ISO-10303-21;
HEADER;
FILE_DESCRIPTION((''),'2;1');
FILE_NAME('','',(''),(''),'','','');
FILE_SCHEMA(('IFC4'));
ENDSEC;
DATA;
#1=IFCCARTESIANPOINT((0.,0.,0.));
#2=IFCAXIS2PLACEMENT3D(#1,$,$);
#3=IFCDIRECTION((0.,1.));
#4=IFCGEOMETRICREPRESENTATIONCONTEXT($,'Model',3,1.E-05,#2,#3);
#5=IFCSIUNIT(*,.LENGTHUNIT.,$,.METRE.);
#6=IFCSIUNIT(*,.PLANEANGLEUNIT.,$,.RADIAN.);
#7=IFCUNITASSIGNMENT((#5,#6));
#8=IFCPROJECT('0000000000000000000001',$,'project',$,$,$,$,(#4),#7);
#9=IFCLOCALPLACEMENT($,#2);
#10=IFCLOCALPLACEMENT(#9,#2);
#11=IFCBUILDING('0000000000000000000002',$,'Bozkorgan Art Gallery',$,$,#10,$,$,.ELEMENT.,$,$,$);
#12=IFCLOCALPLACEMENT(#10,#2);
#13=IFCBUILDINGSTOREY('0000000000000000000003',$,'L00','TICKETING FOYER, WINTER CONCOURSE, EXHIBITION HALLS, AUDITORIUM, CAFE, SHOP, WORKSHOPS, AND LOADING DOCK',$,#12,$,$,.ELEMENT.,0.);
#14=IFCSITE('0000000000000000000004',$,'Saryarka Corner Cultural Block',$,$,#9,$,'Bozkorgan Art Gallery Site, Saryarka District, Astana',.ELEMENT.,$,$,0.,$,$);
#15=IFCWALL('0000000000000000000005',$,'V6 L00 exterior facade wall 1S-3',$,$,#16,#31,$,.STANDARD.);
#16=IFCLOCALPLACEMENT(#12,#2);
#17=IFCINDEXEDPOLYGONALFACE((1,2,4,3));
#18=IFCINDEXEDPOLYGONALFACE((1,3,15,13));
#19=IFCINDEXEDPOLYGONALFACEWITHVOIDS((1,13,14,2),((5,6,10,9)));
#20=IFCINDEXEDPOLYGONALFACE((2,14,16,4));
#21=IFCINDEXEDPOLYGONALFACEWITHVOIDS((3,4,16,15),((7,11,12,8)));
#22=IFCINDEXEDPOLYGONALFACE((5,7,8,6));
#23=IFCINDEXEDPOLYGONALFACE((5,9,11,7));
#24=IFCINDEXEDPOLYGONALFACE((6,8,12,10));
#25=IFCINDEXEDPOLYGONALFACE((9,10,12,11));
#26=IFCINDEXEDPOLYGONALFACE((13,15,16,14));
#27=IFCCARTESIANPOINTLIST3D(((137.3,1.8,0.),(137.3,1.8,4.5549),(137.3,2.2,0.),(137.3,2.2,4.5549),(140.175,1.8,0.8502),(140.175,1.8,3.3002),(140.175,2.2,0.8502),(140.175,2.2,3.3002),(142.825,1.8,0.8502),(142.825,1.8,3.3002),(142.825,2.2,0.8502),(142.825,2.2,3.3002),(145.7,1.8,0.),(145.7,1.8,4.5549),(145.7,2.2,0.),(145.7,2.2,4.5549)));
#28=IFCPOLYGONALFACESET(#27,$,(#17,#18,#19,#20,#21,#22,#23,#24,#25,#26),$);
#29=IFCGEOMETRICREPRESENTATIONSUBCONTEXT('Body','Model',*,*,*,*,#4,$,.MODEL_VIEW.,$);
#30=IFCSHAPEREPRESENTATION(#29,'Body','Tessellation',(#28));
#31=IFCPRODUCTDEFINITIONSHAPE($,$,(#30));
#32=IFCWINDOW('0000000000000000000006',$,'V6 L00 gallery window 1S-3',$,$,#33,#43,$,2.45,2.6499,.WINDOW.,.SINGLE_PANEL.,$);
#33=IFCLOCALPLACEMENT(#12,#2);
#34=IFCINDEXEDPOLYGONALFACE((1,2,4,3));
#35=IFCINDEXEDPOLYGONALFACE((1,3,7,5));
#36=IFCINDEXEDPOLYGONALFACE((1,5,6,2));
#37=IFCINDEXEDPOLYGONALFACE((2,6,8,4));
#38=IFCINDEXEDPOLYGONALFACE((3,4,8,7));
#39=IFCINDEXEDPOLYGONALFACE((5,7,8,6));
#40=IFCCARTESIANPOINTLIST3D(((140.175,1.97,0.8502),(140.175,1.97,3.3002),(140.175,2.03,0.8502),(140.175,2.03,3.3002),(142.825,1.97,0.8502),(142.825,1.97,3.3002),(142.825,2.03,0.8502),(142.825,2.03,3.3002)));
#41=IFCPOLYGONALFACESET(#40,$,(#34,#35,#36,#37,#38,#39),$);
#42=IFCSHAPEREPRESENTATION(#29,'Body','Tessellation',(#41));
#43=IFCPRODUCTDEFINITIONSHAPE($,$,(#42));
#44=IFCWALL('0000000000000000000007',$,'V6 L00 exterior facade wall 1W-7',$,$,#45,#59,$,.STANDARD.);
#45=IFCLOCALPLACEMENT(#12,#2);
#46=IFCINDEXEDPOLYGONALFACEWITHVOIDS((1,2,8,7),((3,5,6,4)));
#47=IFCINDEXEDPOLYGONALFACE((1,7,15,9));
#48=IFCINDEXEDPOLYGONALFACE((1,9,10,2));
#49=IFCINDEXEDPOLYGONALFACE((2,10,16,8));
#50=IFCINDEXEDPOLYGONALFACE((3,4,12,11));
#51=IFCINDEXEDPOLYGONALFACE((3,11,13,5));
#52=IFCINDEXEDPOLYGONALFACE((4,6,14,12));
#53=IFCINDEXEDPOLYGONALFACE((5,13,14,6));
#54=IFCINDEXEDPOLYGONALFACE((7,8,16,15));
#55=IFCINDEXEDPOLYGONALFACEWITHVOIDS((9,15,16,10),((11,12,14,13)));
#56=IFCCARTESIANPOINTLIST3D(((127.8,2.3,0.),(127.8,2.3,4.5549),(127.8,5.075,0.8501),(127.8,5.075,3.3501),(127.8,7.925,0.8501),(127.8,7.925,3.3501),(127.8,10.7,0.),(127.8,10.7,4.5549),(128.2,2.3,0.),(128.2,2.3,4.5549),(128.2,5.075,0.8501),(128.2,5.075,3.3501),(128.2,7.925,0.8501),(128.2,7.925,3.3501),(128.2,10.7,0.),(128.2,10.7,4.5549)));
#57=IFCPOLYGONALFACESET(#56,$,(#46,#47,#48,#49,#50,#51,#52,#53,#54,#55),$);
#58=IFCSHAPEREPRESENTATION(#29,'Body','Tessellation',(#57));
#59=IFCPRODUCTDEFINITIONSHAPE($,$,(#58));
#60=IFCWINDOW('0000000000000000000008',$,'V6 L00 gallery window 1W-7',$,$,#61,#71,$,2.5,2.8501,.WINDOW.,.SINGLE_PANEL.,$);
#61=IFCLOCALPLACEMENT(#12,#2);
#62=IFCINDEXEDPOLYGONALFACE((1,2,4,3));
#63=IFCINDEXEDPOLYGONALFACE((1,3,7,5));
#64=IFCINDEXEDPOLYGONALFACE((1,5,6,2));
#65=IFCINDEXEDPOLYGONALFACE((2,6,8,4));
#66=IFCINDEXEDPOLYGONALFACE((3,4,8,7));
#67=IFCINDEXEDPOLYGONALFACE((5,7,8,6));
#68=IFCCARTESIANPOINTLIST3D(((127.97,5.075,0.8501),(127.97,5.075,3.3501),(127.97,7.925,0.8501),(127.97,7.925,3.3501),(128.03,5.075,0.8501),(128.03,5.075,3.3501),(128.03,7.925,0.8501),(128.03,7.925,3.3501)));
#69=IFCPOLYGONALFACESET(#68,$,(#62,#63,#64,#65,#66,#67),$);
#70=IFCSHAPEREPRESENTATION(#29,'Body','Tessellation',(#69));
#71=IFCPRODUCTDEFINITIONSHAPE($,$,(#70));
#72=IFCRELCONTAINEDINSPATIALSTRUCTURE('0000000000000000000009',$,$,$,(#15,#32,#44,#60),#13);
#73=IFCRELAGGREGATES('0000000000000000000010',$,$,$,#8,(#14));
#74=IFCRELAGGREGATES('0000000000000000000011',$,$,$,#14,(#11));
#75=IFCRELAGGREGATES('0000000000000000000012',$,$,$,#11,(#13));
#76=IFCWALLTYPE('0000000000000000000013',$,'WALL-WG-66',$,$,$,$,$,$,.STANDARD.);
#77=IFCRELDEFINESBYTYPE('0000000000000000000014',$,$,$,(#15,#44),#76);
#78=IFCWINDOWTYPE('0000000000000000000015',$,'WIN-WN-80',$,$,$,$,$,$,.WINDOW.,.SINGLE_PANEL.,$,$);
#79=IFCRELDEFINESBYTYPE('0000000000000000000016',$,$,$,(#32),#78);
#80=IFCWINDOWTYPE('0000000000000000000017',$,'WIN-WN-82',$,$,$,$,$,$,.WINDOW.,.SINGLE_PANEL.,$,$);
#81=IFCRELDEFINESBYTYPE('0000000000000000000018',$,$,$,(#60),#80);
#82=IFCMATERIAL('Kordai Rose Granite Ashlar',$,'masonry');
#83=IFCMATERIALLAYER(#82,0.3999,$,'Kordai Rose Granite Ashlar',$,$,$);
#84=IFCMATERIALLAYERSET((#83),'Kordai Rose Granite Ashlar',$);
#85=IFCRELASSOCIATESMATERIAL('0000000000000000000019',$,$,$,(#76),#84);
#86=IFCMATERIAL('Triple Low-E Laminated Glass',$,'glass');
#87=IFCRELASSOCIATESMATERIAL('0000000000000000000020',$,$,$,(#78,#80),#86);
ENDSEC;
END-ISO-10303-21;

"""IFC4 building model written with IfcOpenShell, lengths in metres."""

from ifc_helpers import new_model, si_unit, direction, frame, frame_2d, origin, place, context, subcontext, project, spatial, rectangle, extrude, material, layer, layer_set, type_object, element, fill, save


model = new_model("IFC4")

# Units and contexts
model_context = context("Model", 3, precision=1e-05, world=origin(), true_north=direction((0.0, 1.0)))
body_context = subcontext(model_context, "Body", "Model", "MODEL_VIEW")
ifc_project = project(units=[si_unit("LENGTHUNIT", "METRE"), si_unit("PLANEANGLEUNIT", "RADIAN")], contexts=[model_context])

# Site, building, storey
site_placement = place(None, origin())
site = spatial("IfcSite", under=ifc_project, at=site_placement, Name="Saryarka Corner Cultural Block", LongName="Bozkorgan Art Gallery Site, Saryarka District, Astana", CompositionType="ELEMENT", RefElevation=0.0)
building_placement = place(site_placement, origin())
building = spatial("IfcBuilding", under=site, at=building_placement, Name="Bozkorgan Art Gallery", CompositionType="ELEMENT")
storey_placement = place(building_placement, origin())
storey = spatial("IfcBuildingStorey", under=building, at=storey_placement, Name="L00", Description="TICKETING FOYER, WINTER CONCOURSE, EXHIBITION HALLS, AUDITORIUM, CAFE, SHOP, WORKSHOPS, AND LOADING DOCK", CompositionType="ELEMENT", Elevation=0.0)

# Shared definitions
ifc_material_1 = material(Name="Kordai Rose Granite Ashlar", Category="masonry")

# Walls, openings, windows
ifc_layer_1 = layer(ifc_material_1, 0.3999, Name="Kordai Rose Granite Ashlar")
ifc_layer_set_1 = layer_set([ifc_layer_1], Name="Kordai Rose Granite Ashlar")
wall_type_1 = type_object("IfcWallType", Name="WALL-WG-66", PredefinedType="STANDARD", material=ifc_layer_set_1)
wall_1_placement = place(storey_placement, frame((137.3, 2.0, 0.0), z_axis=(0.0, 0.0, 1.0), x_axis=(1.0, 0.0, 0.0)))
wall_1 = element("IfcWall", 1, at=wall_1_placement, inside=storey, type_object=wall_type_1, Name="V6 L00 exterior facade wall 1S-3", PredefinedType="STANDARD", context=body_context, shape_type="SweptSolid", body=[
    extrude(rectangle(XDim=8.3999, YDim=0.3999, at=frame_2d((4.2, 0.0))), origin(), (0.0, 0.0, 1.0), 4.5549),
])
opening_1_placement = place(wall_1_placement, frame((5.5249, 0.0, 0.8501), z_axis=(0.0, 0.0, 1.0), x_axis=(-1.0, 0.0, 0.0)))
opening_1 = element("IfcOpeningElement", 2, at=opening_1_placement, cuts=wall_1, PredefinedType="OPENING", context=body_context, shape_type="SweptSolid", body=[
    extrude(rectangle(XDim=2.6499, YDim=2.45, at=frame_2d((1.325, 1.2251))), frame((0.0, 0.21, 0.0), z_axis=(0.0, -1.0, 0.0), x_axis=(1.0, 0.0, 0.0)), (0.0, 0.0, 1.0), 0.4199),
])
ifc_material_2 = material(Name="Triple Low-E Laminated Glass", Category="glass")
window_type_1 = type_object("IfcWindowType", Name="WIN-WN-80", PartitioningType="SINGLE_PANEL", PredefinedType="WINDOW", material=ifc_material_2)
window_1_placement = place(opening_1_placement, origin())
window_1 = element("IfcWindow", 3, at=window_1_placement, inside=storey, type_object=window_type_1, Name="V6 L00 gallery window 1S-3", OverallHeight=2.45, OverallWidth=2.6499, PartitioningType="SINGLE_PANEL", PredefinedType="WINDOW", context=body_context, shape_type="SweptSolid", body=[
    extrude(rectangle(XDim=2.6499, YDim=2.45, at=frame_2d((1.325, 1.2251))), frame((0.0, 0.03, 0.0), z_axis=(0.0, -1.0, 0.0), x_axis=(1.0, 0.0, 0.0)), (0.0, 0.0, 1.0), 0.0601),
])
fill(opening_1, window_1)
wall_2_placement = place(storey_placement, frame((128.0, 2.3, 0.0), z_axis=(0.0, 0.0, 1.0), x_axis=(0.0, 1.0, 0.0)))
wall_2 = element("IfcWall", 4, at=wall_2_placement, inside=storey, type_object=wall_type_1, Name="V6 L00 exterior facade wall 1W-7", PredefinedType="STANDARD", context=body_context, shape_type="SweptSolid", body=[
    extrude(rectangle(XDim=8.3999, YDim=0.3999, at=frame_2d((4.2, 0.0))), origin(), (0.0, 0.0, 1.0), 4.5549),
])
opening_2_placement = place(wall_2_placement, frame((2.7749, 0.0, 0.8501)))
opening_2 = element("IfcOpeningElement", 5, at=opening_2_placement, cuts=wall_2, PredefinedType="OPENING", context=body_context, shape_type="SweptSolid", body=[
    extrude(rectangle(XDim=2.8501, YDim=2.5, at=frame_2d((1.425, 1.25))), frame((0.0, 0.21, 0.0), z_axis=(0.0, -1.0, 0.0), x_axis=(1.0, 0.0, 0.0)), (0.0, 0.0, 1.0), 0.4199),
])
window_type_2 = type_object("IfcWindowType", Name="WIN-WN-82", PartitioningType="SINGLE_PANEL", PredefinedType="WINDOW", material=ifc_material_2)
window_2_placement = place(opening_2_placement, origin())
window_2 = element("IfcWindow", 6, at=window_2_placement, inside=storey, type_object=window_type_2, Name="V6 L00 gallery window 1W-7", OverallHeight=2.5, OverallWidth=2.8501, PartitioningType="SINGLE_PANEL", PredefinedType="WINDOW", context=body_context, shape_type="SweptSolid", body=[
    extrude(rectangle(XDim=2.8501, YDim=2.5, at=frame_2d((1.425, 1.25))), frame((0.0, 0.03, 0.0), z_axis=(0.0, -1.0, 0.0), x_axis=(1.0, 0.0, 0.0)), (0.0, 0.0, 1.0), 0.0601),
])
fill(opening_2, window_2)

save(model, "model.ifc")
